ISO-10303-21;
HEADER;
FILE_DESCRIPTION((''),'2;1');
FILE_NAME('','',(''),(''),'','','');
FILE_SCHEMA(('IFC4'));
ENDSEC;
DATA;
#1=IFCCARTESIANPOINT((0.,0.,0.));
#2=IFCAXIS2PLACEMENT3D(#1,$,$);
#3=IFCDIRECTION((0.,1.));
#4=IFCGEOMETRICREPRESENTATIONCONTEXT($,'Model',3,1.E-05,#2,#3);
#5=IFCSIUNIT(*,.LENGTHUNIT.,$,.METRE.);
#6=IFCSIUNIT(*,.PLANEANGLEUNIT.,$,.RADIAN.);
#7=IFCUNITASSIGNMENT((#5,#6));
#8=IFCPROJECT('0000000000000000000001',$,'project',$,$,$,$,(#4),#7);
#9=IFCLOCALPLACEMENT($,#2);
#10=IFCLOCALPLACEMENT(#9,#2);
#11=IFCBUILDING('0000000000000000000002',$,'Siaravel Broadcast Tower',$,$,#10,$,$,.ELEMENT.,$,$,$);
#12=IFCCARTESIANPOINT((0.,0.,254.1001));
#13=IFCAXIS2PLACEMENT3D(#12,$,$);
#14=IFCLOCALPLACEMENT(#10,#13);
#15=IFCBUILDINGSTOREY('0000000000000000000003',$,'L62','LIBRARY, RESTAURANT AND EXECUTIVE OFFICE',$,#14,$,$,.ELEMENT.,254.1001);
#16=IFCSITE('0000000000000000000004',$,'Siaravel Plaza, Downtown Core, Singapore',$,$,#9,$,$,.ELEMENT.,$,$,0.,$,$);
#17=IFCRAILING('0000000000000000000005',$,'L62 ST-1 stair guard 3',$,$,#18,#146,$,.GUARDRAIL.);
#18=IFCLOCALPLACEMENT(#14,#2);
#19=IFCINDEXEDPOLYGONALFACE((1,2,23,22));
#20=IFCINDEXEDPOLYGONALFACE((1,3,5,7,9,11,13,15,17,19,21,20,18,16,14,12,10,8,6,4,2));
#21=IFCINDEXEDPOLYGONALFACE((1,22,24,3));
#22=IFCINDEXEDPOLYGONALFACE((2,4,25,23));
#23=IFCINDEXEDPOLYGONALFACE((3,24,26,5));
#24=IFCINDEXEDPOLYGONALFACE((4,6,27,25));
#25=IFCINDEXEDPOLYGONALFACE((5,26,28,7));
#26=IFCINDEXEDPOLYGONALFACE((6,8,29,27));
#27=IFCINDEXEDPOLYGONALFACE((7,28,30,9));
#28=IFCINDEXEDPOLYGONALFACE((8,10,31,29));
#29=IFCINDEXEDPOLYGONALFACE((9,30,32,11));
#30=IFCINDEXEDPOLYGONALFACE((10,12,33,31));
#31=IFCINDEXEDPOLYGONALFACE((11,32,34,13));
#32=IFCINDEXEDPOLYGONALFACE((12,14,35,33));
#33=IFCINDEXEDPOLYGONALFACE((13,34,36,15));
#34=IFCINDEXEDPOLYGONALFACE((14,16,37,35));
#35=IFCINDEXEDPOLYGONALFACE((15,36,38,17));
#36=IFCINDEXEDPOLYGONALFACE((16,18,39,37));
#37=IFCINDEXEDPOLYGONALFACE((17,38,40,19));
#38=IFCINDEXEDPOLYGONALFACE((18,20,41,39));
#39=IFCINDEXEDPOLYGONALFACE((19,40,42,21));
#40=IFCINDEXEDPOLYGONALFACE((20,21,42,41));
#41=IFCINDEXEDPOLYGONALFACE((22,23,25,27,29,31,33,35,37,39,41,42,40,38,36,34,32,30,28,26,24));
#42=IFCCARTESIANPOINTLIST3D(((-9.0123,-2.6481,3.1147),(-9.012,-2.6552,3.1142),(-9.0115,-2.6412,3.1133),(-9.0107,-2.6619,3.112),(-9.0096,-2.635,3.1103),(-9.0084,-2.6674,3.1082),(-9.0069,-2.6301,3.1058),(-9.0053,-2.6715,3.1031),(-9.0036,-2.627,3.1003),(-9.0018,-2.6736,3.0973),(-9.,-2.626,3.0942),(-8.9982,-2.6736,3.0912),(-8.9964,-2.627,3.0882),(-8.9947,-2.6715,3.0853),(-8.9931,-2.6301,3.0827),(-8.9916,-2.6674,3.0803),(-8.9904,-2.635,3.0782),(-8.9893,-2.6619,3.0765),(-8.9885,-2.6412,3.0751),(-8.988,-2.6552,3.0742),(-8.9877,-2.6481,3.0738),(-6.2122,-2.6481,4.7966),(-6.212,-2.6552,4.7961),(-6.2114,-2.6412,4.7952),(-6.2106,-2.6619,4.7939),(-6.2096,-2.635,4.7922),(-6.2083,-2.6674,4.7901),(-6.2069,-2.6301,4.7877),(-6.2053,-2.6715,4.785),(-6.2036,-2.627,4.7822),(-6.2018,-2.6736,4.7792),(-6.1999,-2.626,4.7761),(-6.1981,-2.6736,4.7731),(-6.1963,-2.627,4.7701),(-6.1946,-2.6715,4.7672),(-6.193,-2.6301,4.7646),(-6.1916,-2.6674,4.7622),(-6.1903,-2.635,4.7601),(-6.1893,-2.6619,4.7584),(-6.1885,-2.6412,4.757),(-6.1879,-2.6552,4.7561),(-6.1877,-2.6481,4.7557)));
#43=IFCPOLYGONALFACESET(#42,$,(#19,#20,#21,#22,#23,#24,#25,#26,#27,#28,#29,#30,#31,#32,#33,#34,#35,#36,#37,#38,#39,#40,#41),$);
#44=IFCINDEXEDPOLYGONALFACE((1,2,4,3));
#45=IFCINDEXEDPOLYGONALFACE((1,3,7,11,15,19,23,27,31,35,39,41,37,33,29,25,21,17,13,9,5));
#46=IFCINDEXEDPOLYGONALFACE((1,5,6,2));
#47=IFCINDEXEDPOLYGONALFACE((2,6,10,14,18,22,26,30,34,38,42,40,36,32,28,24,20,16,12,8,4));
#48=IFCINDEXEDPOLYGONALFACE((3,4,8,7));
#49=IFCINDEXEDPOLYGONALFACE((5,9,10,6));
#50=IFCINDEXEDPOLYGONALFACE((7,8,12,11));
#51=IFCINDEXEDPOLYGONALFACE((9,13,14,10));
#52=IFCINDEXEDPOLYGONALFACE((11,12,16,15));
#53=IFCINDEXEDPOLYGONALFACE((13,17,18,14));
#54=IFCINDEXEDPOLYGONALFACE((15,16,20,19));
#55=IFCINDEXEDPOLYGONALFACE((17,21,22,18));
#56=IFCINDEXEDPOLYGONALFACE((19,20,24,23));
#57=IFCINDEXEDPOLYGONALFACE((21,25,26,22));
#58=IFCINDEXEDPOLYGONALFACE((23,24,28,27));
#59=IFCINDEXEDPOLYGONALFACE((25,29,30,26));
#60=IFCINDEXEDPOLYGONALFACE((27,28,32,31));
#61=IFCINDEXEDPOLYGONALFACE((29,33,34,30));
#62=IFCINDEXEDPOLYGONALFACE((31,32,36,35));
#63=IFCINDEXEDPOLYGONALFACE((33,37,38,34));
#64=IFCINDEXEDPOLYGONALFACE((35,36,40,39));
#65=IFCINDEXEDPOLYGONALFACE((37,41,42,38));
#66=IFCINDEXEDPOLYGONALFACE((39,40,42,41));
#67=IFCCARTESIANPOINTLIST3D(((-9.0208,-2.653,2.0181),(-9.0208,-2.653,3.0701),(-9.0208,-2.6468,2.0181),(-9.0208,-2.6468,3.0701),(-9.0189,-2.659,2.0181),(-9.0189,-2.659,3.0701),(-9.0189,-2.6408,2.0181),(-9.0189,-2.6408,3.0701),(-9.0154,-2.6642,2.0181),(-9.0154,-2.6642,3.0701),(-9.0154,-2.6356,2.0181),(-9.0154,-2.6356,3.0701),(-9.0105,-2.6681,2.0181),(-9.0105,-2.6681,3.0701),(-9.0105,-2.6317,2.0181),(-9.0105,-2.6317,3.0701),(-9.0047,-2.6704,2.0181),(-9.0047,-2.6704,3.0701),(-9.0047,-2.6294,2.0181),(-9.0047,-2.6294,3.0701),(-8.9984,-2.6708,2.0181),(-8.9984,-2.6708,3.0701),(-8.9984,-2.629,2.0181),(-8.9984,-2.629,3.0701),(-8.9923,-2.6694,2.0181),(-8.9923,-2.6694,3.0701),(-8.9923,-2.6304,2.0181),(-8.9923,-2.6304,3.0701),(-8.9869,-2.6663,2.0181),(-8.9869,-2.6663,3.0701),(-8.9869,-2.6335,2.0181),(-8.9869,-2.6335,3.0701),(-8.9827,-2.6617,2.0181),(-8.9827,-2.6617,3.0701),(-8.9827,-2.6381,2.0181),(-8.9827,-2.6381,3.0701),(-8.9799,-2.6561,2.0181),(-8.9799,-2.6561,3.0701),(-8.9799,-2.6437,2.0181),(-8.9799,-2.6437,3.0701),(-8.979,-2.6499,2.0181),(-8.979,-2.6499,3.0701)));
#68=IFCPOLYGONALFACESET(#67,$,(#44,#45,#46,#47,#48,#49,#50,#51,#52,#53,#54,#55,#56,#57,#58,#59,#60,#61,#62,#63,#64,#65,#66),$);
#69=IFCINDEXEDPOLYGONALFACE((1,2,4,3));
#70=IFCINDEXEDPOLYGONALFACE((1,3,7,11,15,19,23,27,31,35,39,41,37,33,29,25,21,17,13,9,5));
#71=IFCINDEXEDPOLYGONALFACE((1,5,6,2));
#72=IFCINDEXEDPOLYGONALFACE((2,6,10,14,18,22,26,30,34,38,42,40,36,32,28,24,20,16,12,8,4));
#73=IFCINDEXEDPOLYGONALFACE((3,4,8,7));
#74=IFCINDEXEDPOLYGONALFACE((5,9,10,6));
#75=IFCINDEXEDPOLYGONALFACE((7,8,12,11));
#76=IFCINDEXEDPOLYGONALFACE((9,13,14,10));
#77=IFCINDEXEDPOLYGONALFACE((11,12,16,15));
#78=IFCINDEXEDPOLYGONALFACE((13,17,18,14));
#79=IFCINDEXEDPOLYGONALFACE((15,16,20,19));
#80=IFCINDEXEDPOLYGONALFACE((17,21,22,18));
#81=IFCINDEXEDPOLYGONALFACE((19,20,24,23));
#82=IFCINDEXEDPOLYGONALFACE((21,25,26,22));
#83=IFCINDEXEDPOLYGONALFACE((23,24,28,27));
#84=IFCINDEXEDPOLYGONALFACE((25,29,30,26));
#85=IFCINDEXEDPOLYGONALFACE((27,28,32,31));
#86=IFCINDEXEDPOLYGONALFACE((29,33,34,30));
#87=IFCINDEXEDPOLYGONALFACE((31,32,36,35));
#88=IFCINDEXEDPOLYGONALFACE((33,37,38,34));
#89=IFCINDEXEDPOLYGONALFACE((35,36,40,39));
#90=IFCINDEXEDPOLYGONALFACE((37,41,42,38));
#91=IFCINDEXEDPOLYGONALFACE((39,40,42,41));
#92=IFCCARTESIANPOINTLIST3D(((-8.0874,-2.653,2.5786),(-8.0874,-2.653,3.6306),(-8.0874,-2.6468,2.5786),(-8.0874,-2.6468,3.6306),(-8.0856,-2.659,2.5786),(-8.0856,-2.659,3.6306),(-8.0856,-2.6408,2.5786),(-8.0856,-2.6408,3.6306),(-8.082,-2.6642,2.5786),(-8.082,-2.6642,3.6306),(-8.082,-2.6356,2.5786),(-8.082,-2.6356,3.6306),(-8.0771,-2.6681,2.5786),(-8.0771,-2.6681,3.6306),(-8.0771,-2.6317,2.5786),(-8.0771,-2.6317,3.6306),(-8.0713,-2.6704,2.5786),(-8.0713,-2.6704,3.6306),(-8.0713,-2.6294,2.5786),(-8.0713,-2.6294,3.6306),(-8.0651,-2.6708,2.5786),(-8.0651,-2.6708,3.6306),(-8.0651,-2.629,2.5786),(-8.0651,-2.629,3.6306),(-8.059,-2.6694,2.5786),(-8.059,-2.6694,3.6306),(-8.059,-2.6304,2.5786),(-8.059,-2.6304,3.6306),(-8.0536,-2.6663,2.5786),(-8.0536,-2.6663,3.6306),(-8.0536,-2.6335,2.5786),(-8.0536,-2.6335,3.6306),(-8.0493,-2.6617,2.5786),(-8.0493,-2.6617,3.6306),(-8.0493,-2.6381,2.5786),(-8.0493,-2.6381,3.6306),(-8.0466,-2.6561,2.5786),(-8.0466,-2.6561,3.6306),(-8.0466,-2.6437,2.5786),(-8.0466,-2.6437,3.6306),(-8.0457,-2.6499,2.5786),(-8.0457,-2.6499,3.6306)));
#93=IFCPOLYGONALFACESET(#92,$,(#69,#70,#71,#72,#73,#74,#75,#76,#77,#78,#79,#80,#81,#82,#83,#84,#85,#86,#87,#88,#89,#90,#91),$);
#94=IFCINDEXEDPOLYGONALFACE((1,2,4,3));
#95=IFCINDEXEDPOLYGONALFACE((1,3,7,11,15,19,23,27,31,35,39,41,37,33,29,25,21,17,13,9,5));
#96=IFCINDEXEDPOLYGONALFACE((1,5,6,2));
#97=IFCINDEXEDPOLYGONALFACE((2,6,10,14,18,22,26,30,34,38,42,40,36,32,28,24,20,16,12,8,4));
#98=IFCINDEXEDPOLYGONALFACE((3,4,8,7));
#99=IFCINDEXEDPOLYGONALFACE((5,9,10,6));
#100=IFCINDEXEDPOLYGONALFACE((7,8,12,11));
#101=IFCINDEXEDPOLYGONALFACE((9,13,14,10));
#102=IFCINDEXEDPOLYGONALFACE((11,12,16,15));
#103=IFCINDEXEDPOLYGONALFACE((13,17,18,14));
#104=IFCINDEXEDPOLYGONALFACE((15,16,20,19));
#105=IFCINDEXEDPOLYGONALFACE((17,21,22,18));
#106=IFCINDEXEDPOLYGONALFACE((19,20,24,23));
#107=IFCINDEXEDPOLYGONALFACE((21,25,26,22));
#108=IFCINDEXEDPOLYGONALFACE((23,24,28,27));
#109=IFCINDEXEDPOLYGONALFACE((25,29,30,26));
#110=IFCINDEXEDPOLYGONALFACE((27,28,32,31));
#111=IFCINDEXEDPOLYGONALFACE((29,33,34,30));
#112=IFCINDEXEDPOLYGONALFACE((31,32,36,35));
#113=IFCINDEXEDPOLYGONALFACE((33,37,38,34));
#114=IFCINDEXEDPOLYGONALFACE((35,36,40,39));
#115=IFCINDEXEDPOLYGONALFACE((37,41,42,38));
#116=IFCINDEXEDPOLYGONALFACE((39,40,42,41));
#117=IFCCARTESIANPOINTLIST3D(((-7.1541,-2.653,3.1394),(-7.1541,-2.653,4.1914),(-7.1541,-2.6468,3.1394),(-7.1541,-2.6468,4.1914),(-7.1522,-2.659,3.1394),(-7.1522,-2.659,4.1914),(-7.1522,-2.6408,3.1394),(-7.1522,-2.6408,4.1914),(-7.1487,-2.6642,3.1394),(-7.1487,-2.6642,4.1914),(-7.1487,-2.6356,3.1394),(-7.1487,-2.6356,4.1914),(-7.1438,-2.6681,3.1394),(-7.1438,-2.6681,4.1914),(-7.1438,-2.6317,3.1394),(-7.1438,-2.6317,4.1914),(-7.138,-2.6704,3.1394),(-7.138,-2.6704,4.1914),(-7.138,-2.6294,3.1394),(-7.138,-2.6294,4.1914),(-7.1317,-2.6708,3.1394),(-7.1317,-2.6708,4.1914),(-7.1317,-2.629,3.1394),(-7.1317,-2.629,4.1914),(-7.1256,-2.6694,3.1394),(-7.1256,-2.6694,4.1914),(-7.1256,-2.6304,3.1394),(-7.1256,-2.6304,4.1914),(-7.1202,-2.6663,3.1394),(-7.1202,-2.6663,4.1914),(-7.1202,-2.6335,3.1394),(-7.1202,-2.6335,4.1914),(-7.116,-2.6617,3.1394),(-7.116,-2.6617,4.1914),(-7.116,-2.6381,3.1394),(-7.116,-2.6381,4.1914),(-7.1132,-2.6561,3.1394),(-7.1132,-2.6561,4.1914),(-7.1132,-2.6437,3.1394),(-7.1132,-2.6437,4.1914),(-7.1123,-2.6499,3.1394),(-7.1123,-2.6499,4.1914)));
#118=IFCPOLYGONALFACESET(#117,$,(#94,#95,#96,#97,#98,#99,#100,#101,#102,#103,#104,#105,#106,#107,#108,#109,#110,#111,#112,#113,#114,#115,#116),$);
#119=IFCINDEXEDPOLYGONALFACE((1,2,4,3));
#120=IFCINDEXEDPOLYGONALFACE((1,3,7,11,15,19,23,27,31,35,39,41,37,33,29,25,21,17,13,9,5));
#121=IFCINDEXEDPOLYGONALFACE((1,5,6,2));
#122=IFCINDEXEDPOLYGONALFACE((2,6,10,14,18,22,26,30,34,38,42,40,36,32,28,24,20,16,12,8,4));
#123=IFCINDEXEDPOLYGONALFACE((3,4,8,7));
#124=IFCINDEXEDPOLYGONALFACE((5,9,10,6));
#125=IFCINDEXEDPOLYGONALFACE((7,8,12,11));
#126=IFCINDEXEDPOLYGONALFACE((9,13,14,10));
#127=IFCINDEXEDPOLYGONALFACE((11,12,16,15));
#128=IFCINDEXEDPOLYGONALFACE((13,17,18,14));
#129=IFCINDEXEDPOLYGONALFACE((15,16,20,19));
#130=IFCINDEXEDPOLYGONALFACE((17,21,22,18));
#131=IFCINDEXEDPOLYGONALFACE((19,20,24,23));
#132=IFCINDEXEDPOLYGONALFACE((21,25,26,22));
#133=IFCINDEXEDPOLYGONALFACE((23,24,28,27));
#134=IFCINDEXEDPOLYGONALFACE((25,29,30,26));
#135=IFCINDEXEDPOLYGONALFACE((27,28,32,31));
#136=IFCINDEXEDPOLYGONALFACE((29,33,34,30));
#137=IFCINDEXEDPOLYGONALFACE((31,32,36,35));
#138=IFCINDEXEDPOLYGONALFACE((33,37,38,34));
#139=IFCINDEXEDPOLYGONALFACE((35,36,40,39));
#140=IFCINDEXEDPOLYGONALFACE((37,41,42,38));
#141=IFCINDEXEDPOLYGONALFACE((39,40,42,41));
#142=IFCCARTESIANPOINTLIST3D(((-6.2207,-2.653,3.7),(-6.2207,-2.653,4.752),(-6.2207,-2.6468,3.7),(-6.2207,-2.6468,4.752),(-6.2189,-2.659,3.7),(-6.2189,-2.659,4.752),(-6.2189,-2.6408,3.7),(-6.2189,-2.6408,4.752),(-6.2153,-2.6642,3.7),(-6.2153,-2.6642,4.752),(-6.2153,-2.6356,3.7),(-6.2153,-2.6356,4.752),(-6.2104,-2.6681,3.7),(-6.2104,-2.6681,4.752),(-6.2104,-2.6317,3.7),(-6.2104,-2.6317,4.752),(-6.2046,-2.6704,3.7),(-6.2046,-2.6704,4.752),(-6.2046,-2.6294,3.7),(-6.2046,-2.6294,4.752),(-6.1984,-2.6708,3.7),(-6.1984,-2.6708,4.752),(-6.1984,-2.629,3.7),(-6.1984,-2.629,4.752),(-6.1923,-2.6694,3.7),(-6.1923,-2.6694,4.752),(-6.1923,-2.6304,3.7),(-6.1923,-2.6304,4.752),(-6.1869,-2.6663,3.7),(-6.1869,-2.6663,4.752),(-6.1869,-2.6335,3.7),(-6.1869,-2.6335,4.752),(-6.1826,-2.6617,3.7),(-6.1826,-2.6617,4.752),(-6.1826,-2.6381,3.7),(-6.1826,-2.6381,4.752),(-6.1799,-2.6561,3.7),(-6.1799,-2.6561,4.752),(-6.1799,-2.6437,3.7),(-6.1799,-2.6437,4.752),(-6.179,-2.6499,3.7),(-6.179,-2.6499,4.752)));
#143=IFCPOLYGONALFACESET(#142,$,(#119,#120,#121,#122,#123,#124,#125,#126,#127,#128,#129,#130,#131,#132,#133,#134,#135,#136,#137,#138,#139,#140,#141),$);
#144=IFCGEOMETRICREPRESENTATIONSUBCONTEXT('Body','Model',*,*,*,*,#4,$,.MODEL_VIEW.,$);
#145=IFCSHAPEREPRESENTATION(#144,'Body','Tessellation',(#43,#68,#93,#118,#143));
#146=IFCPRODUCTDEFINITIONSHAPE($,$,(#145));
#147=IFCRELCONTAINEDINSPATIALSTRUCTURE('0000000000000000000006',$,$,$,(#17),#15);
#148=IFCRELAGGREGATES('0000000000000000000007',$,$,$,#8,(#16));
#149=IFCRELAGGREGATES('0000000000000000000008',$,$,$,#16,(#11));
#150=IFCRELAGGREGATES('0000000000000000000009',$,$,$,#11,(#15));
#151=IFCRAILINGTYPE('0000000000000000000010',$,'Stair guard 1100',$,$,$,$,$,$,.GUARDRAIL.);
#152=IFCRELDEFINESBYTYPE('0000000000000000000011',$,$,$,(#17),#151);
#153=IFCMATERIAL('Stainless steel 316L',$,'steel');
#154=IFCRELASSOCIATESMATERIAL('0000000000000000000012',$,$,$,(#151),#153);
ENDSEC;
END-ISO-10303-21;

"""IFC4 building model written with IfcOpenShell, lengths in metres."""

from ifc_helpers import new_model, si_unit, direction, frame, origin, origin_2d, place, context, subcontext, project, spatial, circle, extrude, material, type_object, element, save


model = new_model("IFC4")

# Units and contexts
model_context = context("Model", 3, precision=1e-05, world=origin(), true_north=direction((0.0, 1.0)))
body_context = subcontext(model_context, "Body", "Model", "MODEL_VIEW")
ifc_project = project(units=[si_unit("LENGTHUNIT", "METRE"), si_unit("PLANEANGLEUNIT", "RADIAN")], contexts=[model_context])

# Site, building, storey
site_placement = place(None, origin())
site = spatial("IfcSite", under=ifc_project, at=site_placement, Name="Siaravel Plaza, Downtown Core, Singapore", CompositionType="ELEMENT", RefElevation=0.0)
building_placement = place(site_placement, origin())
building = spatial("IfcBuilding", under=site, at=building_placement, Name="Siaravel Broadcast Tower", CompositionType="ELEMENT")
storey_placement = place(building_placement, frame((0.0, 0.0, 254.1001)))
storey = spatial("IfcBuildingStorey", under=building, at=storey_placement, Name="L62", Description="LIBRARY, RESTAURANT AND EXECUTIVE OFFICE", CompositionType="ELEMENT", Elevation=254.1001)

# Shared definitions
ifc_material_1 = material(Name="Stainless steel 316L", Category="steel")

# Railing
railing_type_1 = type_object("IfcRailingType", Name="Stair guard 1100", PredefinedType="GUARDRAIL", material=ifc_material_1)
railing_1_placement = place(storey_placement, frame((-9.0, -2.6499, 2.0181)))
element("IfcRailing", 1, at=railing_1_placement, inside=storey, type_object=railing_type_1, Name="L62 ST-1 stair guard 3", PredefinedType="GUARDRAIL", context=body_context, shape_type="SweptSolid", body=[
    extrude(circle(Radius=0.0239, at=origin_2d()), frame((0.0, 0.0, 1.0762), z_axis=(0.857242, 0.0, 0.514913), x_axis=(0.0, 1.0, 0.0)), (0.0, 0.0, 1.0), 3.2664),
    extrude(circle(Radius=0.021, at=origin_2d()), origin(), (0.0, 0.0, 1.0), 1.052),
    extrude(circle(Radius=0.021, at=origin_2d()), frame((0.9333, 0.0, 0.5605)), (0.0, 0.0, 1.0), 1.052),
    extrude(circle(Radius=0.021, at=origin_2d()), frame((1.8667, 0.0, 1.1213)), (0.0, 0.0, 1.0), 1.052),
    extrude(circle(Radius=0.021, at=origin_2d()), frame((2.8, 0.0, 1.6819)), (0.0, 0.0, 1.0), 1.052),
])

save(model, "model.ifc")
